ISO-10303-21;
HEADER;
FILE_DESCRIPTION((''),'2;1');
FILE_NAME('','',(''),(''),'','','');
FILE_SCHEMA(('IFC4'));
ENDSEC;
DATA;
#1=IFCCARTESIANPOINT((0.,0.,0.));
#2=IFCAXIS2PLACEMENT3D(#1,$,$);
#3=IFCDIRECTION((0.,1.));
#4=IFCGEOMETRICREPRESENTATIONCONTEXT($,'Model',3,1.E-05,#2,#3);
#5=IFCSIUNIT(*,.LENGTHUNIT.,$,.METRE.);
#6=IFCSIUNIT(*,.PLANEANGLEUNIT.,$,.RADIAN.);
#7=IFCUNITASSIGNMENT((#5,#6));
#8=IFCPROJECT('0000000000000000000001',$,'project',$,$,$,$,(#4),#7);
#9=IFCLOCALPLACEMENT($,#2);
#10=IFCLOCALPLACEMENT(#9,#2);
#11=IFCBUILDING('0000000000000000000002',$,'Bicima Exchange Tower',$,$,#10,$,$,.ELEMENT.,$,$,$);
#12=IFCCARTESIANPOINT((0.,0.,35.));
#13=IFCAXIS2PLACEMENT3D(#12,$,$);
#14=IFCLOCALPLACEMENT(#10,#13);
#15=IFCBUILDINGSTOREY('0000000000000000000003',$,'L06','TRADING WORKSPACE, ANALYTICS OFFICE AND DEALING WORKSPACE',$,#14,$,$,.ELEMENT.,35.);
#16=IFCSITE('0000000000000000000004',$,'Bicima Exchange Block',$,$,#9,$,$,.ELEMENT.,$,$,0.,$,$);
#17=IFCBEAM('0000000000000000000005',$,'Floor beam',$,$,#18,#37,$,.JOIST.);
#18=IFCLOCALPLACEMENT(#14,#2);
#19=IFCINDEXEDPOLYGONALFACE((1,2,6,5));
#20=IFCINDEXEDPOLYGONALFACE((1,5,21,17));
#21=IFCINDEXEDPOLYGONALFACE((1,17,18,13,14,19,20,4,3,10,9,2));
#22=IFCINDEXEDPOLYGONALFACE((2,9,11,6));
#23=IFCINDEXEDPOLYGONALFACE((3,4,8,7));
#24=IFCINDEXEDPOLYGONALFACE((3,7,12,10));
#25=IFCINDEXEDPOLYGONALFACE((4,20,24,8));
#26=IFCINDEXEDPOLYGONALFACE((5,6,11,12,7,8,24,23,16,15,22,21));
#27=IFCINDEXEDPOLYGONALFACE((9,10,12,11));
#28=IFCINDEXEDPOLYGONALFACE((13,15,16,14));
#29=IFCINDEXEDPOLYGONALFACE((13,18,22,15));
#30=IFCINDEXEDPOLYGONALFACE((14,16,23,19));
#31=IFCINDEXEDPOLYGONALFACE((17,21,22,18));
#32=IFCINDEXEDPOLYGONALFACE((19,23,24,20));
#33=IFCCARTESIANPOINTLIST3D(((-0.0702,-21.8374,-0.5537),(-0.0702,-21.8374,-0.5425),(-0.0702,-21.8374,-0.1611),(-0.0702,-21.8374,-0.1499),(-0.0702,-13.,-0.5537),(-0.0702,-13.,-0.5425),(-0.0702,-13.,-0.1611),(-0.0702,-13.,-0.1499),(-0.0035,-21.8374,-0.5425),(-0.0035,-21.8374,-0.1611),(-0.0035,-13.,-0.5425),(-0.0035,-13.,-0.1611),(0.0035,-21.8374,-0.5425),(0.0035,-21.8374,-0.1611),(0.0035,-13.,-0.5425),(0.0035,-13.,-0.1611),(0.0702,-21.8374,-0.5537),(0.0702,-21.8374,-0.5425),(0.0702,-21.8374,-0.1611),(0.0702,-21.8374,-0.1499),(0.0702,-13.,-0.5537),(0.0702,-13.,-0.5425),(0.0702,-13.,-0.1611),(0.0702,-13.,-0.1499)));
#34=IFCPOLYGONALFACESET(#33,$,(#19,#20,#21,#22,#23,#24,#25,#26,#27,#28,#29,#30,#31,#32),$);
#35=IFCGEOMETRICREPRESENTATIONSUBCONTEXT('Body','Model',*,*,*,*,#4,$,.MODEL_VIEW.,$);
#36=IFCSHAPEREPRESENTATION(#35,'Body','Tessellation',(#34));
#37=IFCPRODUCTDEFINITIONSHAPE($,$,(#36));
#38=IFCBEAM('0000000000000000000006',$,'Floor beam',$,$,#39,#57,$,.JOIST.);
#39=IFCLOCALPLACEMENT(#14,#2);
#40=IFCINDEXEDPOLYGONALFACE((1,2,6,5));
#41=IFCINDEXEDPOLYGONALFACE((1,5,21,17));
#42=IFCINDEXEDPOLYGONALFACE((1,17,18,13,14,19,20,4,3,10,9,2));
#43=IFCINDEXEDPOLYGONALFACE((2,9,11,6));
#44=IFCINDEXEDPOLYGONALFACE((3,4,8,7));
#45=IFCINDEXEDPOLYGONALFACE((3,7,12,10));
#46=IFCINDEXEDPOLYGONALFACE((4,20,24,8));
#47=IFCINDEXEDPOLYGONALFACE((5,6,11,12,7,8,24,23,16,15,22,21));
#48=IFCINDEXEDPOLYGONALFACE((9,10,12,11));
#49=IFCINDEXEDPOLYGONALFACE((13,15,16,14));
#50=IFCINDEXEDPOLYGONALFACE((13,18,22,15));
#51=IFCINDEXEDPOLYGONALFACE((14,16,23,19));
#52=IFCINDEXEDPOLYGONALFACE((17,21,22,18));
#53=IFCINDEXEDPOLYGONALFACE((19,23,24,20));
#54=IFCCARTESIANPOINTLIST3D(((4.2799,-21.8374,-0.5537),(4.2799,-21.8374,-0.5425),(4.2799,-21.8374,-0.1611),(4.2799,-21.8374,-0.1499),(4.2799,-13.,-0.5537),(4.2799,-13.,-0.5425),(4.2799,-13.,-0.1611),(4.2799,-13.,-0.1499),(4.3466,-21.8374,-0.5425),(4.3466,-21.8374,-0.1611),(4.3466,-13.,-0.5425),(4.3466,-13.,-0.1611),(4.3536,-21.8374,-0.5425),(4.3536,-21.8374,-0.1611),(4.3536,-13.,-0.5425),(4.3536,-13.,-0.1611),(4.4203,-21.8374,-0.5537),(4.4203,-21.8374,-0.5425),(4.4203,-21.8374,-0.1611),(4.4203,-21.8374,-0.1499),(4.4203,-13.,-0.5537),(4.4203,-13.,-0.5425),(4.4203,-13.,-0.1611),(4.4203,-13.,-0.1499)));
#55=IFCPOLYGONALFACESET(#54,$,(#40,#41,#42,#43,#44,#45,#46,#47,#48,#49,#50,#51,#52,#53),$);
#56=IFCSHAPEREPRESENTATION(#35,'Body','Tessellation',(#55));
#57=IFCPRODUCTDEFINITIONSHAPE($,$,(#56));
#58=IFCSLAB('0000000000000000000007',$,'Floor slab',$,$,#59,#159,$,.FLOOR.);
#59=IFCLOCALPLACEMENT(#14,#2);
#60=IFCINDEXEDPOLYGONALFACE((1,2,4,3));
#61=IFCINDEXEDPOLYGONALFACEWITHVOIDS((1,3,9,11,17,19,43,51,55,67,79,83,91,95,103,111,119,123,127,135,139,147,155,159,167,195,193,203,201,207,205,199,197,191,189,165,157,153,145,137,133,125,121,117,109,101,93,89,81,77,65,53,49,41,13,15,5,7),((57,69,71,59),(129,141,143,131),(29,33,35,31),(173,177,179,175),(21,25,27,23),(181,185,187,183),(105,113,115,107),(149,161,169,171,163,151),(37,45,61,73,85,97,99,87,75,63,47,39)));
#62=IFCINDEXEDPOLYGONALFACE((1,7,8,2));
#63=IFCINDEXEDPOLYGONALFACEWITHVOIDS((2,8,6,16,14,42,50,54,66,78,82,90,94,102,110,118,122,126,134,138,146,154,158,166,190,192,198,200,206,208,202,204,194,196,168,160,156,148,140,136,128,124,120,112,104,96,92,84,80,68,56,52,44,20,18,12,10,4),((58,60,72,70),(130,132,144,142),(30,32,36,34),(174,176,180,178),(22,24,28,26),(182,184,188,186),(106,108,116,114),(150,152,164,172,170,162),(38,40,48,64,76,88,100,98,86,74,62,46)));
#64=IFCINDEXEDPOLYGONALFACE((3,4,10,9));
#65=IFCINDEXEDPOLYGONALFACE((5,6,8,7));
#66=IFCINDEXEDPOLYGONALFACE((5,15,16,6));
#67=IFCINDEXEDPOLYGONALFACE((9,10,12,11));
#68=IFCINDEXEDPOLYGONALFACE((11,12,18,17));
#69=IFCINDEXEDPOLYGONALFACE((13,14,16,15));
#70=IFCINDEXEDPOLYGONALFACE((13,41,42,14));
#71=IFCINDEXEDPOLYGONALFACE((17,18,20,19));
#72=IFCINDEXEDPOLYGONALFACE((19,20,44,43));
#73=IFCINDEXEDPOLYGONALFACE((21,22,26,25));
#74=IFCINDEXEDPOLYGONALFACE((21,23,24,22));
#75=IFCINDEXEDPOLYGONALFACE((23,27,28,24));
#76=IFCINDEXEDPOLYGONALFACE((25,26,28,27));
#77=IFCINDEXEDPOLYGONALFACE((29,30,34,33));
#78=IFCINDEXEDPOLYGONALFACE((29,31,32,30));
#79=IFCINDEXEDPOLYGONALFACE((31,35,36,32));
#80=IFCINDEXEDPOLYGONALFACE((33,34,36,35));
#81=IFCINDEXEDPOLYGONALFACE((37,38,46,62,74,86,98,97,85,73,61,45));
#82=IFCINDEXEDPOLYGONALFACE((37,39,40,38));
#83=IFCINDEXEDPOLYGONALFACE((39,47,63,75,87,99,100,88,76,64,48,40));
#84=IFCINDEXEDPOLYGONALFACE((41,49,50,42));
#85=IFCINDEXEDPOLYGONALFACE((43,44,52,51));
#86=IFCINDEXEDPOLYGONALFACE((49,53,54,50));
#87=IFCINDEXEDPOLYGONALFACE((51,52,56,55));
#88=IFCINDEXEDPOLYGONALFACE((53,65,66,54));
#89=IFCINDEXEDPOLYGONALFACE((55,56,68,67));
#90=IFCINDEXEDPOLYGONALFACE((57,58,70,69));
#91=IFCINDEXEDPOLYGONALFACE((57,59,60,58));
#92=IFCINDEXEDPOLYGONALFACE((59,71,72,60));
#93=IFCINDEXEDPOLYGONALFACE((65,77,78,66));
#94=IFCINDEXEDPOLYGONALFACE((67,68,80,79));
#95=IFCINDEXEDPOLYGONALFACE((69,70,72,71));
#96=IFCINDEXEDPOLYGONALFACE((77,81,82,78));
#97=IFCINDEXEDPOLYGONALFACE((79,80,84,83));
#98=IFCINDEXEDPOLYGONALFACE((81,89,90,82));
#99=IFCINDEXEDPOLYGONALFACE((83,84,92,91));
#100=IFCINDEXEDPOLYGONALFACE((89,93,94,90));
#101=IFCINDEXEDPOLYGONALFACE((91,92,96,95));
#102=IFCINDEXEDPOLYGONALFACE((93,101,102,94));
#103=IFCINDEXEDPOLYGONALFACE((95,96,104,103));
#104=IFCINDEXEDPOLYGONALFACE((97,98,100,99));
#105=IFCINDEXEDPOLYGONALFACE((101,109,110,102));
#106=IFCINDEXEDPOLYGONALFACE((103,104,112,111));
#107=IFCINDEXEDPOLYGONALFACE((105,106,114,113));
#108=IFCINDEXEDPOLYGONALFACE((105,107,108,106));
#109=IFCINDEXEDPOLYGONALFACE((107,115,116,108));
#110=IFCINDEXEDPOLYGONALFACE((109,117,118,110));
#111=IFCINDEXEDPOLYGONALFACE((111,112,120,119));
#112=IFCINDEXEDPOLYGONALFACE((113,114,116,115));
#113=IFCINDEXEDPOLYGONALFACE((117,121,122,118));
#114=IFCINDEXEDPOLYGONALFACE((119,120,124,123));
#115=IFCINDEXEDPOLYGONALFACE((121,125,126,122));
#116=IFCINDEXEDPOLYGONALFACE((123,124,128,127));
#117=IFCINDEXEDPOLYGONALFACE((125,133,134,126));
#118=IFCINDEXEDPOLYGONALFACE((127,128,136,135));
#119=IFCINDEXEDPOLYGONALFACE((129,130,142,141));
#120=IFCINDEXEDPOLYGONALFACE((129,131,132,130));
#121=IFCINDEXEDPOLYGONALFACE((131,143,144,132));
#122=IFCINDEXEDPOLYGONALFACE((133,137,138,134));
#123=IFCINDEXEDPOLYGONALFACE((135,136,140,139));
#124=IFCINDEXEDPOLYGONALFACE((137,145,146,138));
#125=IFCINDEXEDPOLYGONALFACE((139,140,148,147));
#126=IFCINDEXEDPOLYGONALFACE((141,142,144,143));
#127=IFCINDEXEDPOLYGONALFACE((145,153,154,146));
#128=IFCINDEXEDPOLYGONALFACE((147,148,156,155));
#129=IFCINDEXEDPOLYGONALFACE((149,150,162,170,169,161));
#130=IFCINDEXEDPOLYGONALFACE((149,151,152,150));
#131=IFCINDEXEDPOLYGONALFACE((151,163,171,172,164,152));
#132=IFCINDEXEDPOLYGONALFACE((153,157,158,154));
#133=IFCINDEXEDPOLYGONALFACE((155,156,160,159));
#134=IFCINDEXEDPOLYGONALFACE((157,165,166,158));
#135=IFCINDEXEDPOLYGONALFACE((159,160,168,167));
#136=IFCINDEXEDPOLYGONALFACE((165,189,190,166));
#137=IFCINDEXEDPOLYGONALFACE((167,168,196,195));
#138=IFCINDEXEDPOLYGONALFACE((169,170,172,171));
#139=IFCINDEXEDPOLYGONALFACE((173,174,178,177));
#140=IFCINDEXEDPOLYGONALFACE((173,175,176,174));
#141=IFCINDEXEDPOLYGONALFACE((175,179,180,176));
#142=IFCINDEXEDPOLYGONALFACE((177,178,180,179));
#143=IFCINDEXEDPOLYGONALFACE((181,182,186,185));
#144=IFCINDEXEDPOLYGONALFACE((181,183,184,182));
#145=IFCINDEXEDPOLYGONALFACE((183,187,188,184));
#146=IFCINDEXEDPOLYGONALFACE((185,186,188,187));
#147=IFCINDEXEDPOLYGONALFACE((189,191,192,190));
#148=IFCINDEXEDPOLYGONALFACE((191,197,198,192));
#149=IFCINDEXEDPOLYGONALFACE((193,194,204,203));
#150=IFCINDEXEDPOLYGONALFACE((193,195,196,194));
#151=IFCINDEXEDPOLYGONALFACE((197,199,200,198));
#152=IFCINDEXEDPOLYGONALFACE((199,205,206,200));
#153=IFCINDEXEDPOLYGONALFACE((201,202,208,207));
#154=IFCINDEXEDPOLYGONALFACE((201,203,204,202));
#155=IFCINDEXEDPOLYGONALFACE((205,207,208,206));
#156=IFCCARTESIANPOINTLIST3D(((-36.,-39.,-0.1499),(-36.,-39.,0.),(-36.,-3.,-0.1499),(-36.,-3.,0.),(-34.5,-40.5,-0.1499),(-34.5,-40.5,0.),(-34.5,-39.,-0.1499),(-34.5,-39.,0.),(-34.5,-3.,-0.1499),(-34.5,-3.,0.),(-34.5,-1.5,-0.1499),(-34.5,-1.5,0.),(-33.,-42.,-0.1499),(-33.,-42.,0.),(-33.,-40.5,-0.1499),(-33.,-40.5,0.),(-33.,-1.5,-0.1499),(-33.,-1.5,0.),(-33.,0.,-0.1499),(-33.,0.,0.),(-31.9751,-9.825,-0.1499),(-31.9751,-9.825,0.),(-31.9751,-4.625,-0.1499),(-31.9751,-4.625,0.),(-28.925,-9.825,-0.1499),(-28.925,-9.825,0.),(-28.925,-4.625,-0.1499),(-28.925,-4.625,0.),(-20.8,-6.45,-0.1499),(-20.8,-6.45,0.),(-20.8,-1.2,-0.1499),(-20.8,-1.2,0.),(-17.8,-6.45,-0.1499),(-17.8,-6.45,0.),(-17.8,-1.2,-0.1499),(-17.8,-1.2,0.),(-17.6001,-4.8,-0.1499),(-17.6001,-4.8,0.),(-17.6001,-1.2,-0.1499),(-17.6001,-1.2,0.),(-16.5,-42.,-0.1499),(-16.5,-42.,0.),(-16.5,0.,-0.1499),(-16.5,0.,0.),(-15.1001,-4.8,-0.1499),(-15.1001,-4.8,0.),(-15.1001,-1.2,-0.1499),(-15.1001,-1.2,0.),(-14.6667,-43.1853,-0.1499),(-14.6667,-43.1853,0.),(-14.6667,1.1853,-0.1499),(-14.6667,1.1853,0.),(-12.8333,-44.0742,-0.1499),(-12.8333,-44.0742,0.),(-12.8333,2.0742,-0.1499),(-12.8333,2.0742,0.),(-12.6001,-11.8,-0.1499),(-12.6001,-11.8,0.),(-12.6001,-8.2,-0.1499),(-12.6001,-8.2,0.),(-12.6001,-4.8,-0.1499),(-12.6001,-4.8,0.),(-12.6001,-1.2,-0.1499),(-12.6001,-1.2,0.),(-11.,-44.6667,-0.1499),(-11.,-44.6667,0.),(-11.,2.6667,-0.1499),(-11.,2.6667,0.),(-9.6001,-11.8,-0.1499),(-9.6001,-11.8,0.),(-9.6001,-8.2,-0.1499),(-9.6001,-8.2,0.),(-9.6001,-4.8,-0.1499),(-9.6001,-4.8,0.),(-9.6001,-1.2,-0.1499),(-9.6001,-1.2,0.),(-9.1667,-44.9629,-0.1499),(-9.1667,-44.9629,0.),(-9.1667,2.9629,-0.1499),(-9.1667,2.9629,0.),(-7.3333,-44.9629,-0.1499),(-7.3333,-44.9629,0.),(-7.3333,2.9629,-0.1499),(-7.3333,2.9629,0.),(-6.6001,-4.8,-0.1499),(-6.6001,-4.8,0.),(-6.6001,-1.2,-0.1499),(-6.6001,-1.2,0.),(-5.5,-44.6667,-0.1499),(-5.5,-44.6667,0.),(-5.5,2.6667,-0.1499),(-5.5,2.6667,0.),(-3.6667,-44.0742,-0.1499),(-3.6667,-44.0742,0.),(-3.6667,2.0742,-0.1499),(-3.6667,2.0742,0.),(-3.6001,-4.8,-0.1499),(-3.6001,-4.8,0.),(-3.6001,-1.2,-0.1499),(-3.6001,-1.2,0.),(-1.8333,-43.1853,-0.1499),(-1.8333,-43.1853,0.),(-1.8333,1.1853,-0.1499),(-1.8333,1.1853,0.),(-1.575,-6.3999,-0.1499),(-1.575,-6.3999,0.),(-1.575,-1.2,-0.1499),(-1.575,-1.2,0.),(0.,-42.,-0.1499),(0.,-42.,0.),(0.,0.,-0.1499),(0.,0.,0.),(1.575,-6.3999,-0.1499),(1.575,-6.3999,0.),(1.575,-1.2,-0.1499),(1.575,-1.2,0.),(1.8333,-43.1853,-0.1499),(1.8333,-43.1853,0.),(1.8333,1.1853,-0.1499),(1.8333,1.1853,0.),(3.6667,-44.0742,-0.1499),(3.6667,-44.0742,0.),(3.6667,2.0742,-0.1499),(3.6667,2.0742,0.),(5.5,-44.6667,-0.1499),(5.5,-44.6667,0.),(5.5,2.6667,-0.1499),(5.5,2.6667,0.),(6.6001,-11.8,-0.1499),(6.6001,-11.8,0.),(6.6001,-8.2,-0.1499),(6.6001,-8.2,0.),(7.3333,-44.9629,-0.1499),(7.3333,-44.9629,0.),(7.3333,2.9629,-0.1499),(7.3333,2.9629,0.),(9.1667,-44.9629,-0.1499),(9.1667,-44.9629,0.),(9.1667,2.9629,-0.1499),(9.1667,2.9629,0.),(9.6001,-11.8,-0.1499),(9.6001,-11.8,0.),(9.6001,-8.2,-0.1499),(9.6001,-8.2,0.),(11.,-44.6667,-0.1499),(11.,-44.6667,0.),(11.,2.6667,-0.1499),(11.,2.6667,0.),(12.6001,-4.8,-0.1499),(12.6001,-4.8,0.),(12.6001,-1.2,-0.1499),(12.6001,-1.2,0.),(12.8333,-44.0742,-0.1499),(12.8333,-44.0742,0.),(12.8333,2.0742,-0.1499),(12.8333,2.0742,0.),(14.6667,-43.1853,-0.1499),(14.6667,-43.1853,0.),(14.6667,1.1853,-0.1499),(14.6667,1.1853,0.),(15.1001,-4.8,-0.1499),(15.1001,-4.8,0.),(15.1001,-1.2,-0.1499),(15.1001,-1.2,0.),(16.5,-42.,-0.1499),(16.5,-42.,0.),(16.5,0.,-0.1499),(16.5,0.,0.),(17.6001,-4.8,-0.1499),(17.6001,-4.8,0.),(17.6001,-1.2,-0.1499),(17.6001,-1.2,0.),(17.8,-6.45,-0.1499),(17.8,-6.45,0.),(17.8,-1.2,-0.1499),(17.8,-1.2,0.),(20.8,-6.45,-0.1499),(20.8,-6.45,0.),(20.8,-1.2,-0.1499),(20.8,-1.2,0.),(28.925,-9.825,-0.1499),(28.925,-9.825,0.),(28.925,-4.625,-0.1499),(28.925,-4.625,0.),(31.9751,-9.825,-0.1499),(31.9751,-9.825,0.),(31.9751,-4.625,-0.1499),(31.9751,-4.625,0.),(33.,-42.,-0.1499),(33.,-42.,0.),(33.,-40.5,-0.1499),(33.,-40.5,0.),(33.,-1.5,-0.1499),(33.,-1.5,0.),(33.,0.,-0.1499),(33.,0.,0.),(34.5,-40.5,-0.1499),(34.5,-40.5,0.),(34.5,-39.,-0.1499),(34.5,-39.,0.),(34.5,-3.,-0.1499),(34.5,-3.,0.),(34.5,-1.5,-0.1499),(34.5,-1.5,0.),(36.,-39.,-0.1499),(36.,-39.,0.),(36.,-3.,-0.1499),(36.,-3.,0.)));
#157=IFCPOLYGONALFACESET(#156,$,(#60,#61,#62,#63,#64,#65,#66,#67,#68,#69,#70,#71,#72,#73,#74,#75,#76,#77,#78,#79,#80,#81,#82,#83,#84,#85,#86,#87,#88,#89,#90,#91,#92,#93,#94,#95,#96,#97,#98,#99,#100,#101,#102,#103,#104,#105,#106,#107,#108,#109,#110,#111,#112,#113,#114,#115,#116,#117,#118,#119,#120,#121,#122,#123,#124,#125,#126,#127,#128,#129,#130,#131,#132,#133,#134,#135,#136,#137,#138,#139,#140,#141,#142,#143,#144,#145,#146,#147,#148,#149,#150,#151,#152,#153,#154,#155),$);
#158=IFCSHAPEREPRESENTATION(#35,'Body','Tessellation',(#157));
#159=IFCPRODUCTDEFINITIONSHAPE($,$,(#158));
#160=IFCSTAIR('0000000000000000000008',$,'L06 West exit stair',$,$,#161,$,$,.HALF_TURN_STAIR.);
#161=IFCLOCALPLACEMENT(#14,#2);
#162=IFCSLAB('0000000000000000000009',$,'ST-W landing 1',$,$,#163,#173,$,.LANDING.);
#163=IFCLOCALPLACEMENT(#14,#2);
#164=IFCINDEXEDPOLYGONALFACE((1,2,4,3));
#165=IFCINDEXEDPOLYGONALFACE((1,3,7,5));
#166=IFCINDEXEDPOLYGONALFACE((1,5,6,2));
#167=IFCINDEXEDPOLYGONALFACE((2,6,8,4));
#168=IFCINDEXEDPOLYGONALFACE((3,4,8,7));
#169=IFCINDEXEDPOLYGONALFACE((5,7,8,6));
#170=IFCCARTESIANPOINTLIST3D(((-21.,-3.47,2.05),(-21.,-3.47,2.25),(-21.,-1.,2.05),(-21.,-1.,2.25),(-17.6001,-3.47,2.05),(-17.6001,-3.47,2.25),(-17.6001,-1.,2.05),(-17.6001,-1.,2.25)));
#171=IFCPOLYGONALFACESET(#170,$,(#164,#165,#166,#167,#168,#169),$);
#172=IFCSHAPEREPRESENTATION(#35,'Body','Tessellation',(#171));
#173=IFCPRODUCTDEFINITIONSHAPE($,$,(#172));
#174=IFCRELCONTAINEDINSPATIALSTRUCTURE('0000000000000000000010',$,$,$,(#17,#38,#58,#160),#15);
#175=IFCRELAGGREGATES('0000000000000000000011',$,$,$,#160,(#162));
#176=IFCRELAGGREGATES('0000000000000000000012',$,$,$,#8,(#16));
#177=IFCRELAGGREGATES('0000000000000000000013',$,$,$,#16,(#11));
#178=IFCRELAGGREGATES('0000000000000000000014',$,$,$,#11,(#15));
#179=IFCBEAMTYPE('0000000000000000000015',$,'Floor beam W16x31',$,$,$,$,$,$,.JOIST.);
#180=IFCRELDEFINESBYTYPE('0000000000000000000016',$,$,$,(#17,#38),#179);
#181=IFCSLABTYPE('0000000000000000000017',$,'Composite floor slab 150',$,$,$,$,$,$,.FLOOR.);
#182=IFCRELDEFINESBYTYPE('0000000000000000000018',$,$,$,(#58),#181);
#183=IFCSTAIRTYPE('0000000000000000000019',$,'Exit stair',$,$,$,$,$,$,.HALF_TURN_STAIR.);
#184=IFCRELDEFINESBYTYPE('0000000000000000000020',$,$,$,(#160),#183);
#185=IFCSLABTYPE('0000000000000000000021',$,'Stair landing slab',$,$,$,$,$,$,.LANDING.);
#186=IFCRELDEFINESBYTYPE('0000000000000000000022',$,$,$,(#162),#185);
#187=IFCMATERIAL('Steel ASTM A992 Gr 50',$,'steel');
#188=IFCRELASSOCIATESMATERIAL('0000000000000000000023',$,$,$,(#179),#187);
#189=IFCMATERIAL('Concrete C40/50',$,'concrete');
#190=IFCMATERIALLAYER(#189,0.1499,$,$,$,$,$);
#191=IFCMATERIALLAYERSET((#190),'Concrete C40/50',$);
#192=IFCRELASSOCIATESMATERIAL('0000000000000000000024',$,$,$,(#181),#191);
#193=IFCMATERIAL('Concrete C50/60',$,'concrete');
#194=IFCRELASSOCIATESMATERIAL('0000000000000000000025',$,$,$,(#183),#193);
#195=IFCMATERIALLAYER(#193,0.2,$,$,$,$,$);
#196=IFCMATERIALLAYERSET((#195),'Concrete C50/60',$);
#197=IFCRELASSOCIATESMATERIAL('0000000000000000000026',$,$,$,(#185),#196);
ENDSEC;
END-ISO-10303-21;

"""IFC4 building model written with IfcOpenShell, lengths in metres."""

from ifc_helpers import new_model, si_unit, direction, frame, origin, origin_2d, place, context, subcontext, project, spatial, polyline, i_section, outline, extrude, material, layer, layer_set, material_profile, profile_set, type_object, element, aggregate, save


model = new_model("IFC4")

# Units and contexts
model_context = context("Model", 3, precision=1e-05, world=origin(), true_north=direction((0.0, 1.0)))
body_context = subcontext(model_context, "Body", "Model", "MODEL_VIEW")
ifc_project = project(units=[si_unit("LENGTHUNIT", "METRE"), si_unit("PLANEANGLEUNIT", "RADIAN")], contexts=[model_context])

# Site, building, storey
site_placement = place(None, origin())
site = spatial("IfcSite", under=ifc_project, at=site_placement, Name="Bicima Exchange Block", CompositionType="ELEMENT", RefElevation=0.0)
building_placement = place(site_placement, origin())
building = spatial("IfcBuilding", under=site, at=building_placement, Name="Bicima Exchange Tower", CompositionType="ELEMENT")
storey_placement = place(building_placement, frame((0.0, 0.0, 35.0)))
storey = spatial("IfcBuildingStorey", under=building, at=storey_placement, Name="L06", Description="TRADING WORKSPACE, ANALYTICS OFFICE AND DEALING WORKSPACE", CompositionType="ELEMENT", Elevation=35.0)

# Beams
ifc_material_1 = material(Name="Steel ASTM A992 Gr 50", Category="steel")
ifc_material_profile = material_profile(ifc_material_1, i_section(OverallWidth=0.1404, OverallDepth=0.4038, WebThickness=0.0071, FlangeThickness=0.0112, at=origin_2d()))
ifc_profile_set = profile_set([ifc_material_profile], Name="Steel ASTM A992 Gr 50")
beam_type = type_object("IfcBeamType", Name="Floor beam W16x31", PredefinedType="JOIST", material=ifc_profile_set)
for number, where, z_axis, x_axis, name in (
    (1, (0.0, -13.0, -0.3518), (0.0, -1.0, 0.0), (1.0, 0.0, 0.0), "Floor beam"),
    (2, (4.3501, -13.0, -0.3518), (0.0, -1.0, 0.0), (1.0, 0.0, 0.0), "Floor beam"),
):
    element("IfcBeam", number, at=place(storey_placement, frame(where, z_axis=z_axis, x_axis=x_axis)), inside=storey, type_object=beam_type, Name=name, PredefinedType="JOIST", context=body_context, shape_type="SweptSolid", body=[
        extrude(i_section(OverallWidth=0.1404, OverallDepth=0.4038, WebThickness=0.0071, FlangeThickness=0.0112, at=origin_2d()), origin(), (0.0, 0.0, 1.0), 8.8374),
    ])

# Slab
ifc_material_2 = material(Name="Concrete C40/50", Category="concrete")
ifc_layer_1 = layer(ifc_material_2, 0.1499)
ifc_layer_set_1 = layer_set([ifc_layer_1], Name="Concrete C40/50")
slab_type_1 = type_object("IfcSlabType", Name="Composite floor slab 150", PredefinedType="FLOOR", material=ifc_layer_set_1)
slab_1_placement = place(storey_placement, frame((0.0, 0.0, -0.1499)))
element("IfcSlab", 3, at=slab_1_placement, inside=storey, type_object=slab_type_1, Name="Floor slab", PredefinedType="FLOOR", context=body_context, shape_type="SweptSolid", body=[
    extrude(outline(polyline([(-36.0, -39.0), (-36.0, -3.0), (-34.5, -3.0), (-34.5, -1.5), (-33.0, -1.5), (-33.0, 0.0), (-16.5, 0.0), (-14.6667, 1.1853), (-12.8333, 2.0742), (-11.0, 2.6667), (-9.1667, 2.9629), (-7.3333, 2.9629), (-5.5, 2.6667), (-3.6667, 2.0742), (-1.8333, 1.1853), (0.0, 0.0), (1.8333, 1.1853), (3.6667, 2.0742), (5.5, 2.6667), (7.3333, 2.9629), (9.1667, 2.9629), (11.0, 2.6667), (12.8333, 2.0742), (14.6667, 1.1853), (16.5, 0.0), (33.0, 0.0), (33.0, -1.5), (34.5, -1.5), (34.5, -3.0), (36.0, -3.0), (36.0, -39.0), (34.5, -39.0), (34.5, -40.5), (33.0, -40.5), (33.0, -42.0), (16.5, -42.0), (14.6667, -43.1853), (12.8333, -44.0742), (11.0, -44.6667), (9.1667, -44.9629), (7.3333, -44.9629), (5.5, -44.6667), (3.6667, -44.0742), (1.8333, -43.1853), (0.0, -42.0), (-1.8333, -43.1853), (-3.6667, -44.0742), (-5.5, -44.6667), (-7.3333, -44.9629), (-9.1667, -44.9629), (-11.0, -44.6667), (-12.8333, -44.0742), (-14.6667, -43.1853), (-16.5, -42.0), (-33.0, -42.0), (-33.0, -40.5), (-34.5, -40.5), (-34.5, -39.0), (-36.0, -39.0)]), holes=[polyline([(-9.6001, -11.8), (-9.6001, -8.2), (-12.6001, -8.2), (-12.6001, -11.8), (-9.6001, -11.8)]), polyline([(-31.9751, -9.825), (-28.925, -9.825), (-28.925, -4.625), (-31.9751, -4.625), (-31.9751, -9.825)]), polyline([(-20.8, -6.45), (-17.8, -6.45), (-17.8, -1.2), (-20.8, -1.2), (-20.8, -6.45)]), polyline([(-9.6001, -1.2), (-12.6001, -1.2), (-15.1001, -1.2), (-17.6001, -1.2), (-17.6001, -4.8), (-15.1001, -4.8), (-12.6001, -4.8), (-9.6001, -4.8), (-6.6001, -4.8), (-3.6001, -4.8), (-3.6001, -1.2), (-6.6001, -1.2), (-9.6001, -1.2)]), polyline([(9.6001, -11.8), (9.6001, -8.2), (6.6001, -8.2), (6.6001, -11.8), (9.6001, -11.8)]), polyline([(28.925, -9.825), (31.9751, -9.825), (31.9751, -4.625), (28.925, -4.625), (28.925, -9.825)]), polyline([(17.8, -6.45), (20.8, -6.45), (20.8, -1.2), (17.8, -1.2), (17.8, -6.45)]), polyline([(-1.575, -6.3999), (1.575, -6.3999), (1.575, -1.2), (-1.575, -1.2), (-1.575, -6.3999)]), polyline([(17.6001, -4.8), (17.6001, -1.2), (15.1001, -1.2), (12.6001, -1.2), (12.6001, -4.8), (15.1001, -4.8), (17.6001, -4.8)])]), origin(), (0.0, 0.0, 1.0), 0.1499),
])

# Stair, slab
ifc_material_3 = material(Name="Concrete C50/60", Category="concrete")
stair_type_1 = type_object("IfcStairType", Name="Exit stair", PredefinedType="HALF_TURN_STAIR", material=ifc_material_3)
stair_1_placement = place(storey_placement, origin())
stair_1 = element("IfcStair", 4, at=stair_1_placement, inside=storey, type_object=stair_type_1, Name="L06 West exit stair", PredefinedType="HALF_TURN_STAIR")
ifc_layer_2 = layer(ifc_material_3, 0.2)
ifc_layer_set_2 = layer_set([ifc_layer_2], Name="Concrete C50/60")
slab_type_2 = type_object("IfcSlabType", Name="Stair landing slab", PredefinedType="LANDING", material=ifc_layer_set_2)
slab_2_placement = place(storey_placement, frame((0.0, 0.0, 2.05)))
slab_2 = element("IfcSlab", 5, at=slab_2_placement, type_object=slab_type_2, Name="ST-W landing 1", PredefinedType="LANDING", context=body_context, shape_type="SweptSolid", body=[
    extrude(outline(polyline([(-17.6001, -3.47), (-17.6001, -1.0), (-21.0, -1.0), (-21.0, -3.47), (-17.6001, -3.47)])), origin(), (0.0, 0.0, 1.0), 0.2),
])
aggregate(stair_1, [slab_2])

save(model, "model.ifc")
